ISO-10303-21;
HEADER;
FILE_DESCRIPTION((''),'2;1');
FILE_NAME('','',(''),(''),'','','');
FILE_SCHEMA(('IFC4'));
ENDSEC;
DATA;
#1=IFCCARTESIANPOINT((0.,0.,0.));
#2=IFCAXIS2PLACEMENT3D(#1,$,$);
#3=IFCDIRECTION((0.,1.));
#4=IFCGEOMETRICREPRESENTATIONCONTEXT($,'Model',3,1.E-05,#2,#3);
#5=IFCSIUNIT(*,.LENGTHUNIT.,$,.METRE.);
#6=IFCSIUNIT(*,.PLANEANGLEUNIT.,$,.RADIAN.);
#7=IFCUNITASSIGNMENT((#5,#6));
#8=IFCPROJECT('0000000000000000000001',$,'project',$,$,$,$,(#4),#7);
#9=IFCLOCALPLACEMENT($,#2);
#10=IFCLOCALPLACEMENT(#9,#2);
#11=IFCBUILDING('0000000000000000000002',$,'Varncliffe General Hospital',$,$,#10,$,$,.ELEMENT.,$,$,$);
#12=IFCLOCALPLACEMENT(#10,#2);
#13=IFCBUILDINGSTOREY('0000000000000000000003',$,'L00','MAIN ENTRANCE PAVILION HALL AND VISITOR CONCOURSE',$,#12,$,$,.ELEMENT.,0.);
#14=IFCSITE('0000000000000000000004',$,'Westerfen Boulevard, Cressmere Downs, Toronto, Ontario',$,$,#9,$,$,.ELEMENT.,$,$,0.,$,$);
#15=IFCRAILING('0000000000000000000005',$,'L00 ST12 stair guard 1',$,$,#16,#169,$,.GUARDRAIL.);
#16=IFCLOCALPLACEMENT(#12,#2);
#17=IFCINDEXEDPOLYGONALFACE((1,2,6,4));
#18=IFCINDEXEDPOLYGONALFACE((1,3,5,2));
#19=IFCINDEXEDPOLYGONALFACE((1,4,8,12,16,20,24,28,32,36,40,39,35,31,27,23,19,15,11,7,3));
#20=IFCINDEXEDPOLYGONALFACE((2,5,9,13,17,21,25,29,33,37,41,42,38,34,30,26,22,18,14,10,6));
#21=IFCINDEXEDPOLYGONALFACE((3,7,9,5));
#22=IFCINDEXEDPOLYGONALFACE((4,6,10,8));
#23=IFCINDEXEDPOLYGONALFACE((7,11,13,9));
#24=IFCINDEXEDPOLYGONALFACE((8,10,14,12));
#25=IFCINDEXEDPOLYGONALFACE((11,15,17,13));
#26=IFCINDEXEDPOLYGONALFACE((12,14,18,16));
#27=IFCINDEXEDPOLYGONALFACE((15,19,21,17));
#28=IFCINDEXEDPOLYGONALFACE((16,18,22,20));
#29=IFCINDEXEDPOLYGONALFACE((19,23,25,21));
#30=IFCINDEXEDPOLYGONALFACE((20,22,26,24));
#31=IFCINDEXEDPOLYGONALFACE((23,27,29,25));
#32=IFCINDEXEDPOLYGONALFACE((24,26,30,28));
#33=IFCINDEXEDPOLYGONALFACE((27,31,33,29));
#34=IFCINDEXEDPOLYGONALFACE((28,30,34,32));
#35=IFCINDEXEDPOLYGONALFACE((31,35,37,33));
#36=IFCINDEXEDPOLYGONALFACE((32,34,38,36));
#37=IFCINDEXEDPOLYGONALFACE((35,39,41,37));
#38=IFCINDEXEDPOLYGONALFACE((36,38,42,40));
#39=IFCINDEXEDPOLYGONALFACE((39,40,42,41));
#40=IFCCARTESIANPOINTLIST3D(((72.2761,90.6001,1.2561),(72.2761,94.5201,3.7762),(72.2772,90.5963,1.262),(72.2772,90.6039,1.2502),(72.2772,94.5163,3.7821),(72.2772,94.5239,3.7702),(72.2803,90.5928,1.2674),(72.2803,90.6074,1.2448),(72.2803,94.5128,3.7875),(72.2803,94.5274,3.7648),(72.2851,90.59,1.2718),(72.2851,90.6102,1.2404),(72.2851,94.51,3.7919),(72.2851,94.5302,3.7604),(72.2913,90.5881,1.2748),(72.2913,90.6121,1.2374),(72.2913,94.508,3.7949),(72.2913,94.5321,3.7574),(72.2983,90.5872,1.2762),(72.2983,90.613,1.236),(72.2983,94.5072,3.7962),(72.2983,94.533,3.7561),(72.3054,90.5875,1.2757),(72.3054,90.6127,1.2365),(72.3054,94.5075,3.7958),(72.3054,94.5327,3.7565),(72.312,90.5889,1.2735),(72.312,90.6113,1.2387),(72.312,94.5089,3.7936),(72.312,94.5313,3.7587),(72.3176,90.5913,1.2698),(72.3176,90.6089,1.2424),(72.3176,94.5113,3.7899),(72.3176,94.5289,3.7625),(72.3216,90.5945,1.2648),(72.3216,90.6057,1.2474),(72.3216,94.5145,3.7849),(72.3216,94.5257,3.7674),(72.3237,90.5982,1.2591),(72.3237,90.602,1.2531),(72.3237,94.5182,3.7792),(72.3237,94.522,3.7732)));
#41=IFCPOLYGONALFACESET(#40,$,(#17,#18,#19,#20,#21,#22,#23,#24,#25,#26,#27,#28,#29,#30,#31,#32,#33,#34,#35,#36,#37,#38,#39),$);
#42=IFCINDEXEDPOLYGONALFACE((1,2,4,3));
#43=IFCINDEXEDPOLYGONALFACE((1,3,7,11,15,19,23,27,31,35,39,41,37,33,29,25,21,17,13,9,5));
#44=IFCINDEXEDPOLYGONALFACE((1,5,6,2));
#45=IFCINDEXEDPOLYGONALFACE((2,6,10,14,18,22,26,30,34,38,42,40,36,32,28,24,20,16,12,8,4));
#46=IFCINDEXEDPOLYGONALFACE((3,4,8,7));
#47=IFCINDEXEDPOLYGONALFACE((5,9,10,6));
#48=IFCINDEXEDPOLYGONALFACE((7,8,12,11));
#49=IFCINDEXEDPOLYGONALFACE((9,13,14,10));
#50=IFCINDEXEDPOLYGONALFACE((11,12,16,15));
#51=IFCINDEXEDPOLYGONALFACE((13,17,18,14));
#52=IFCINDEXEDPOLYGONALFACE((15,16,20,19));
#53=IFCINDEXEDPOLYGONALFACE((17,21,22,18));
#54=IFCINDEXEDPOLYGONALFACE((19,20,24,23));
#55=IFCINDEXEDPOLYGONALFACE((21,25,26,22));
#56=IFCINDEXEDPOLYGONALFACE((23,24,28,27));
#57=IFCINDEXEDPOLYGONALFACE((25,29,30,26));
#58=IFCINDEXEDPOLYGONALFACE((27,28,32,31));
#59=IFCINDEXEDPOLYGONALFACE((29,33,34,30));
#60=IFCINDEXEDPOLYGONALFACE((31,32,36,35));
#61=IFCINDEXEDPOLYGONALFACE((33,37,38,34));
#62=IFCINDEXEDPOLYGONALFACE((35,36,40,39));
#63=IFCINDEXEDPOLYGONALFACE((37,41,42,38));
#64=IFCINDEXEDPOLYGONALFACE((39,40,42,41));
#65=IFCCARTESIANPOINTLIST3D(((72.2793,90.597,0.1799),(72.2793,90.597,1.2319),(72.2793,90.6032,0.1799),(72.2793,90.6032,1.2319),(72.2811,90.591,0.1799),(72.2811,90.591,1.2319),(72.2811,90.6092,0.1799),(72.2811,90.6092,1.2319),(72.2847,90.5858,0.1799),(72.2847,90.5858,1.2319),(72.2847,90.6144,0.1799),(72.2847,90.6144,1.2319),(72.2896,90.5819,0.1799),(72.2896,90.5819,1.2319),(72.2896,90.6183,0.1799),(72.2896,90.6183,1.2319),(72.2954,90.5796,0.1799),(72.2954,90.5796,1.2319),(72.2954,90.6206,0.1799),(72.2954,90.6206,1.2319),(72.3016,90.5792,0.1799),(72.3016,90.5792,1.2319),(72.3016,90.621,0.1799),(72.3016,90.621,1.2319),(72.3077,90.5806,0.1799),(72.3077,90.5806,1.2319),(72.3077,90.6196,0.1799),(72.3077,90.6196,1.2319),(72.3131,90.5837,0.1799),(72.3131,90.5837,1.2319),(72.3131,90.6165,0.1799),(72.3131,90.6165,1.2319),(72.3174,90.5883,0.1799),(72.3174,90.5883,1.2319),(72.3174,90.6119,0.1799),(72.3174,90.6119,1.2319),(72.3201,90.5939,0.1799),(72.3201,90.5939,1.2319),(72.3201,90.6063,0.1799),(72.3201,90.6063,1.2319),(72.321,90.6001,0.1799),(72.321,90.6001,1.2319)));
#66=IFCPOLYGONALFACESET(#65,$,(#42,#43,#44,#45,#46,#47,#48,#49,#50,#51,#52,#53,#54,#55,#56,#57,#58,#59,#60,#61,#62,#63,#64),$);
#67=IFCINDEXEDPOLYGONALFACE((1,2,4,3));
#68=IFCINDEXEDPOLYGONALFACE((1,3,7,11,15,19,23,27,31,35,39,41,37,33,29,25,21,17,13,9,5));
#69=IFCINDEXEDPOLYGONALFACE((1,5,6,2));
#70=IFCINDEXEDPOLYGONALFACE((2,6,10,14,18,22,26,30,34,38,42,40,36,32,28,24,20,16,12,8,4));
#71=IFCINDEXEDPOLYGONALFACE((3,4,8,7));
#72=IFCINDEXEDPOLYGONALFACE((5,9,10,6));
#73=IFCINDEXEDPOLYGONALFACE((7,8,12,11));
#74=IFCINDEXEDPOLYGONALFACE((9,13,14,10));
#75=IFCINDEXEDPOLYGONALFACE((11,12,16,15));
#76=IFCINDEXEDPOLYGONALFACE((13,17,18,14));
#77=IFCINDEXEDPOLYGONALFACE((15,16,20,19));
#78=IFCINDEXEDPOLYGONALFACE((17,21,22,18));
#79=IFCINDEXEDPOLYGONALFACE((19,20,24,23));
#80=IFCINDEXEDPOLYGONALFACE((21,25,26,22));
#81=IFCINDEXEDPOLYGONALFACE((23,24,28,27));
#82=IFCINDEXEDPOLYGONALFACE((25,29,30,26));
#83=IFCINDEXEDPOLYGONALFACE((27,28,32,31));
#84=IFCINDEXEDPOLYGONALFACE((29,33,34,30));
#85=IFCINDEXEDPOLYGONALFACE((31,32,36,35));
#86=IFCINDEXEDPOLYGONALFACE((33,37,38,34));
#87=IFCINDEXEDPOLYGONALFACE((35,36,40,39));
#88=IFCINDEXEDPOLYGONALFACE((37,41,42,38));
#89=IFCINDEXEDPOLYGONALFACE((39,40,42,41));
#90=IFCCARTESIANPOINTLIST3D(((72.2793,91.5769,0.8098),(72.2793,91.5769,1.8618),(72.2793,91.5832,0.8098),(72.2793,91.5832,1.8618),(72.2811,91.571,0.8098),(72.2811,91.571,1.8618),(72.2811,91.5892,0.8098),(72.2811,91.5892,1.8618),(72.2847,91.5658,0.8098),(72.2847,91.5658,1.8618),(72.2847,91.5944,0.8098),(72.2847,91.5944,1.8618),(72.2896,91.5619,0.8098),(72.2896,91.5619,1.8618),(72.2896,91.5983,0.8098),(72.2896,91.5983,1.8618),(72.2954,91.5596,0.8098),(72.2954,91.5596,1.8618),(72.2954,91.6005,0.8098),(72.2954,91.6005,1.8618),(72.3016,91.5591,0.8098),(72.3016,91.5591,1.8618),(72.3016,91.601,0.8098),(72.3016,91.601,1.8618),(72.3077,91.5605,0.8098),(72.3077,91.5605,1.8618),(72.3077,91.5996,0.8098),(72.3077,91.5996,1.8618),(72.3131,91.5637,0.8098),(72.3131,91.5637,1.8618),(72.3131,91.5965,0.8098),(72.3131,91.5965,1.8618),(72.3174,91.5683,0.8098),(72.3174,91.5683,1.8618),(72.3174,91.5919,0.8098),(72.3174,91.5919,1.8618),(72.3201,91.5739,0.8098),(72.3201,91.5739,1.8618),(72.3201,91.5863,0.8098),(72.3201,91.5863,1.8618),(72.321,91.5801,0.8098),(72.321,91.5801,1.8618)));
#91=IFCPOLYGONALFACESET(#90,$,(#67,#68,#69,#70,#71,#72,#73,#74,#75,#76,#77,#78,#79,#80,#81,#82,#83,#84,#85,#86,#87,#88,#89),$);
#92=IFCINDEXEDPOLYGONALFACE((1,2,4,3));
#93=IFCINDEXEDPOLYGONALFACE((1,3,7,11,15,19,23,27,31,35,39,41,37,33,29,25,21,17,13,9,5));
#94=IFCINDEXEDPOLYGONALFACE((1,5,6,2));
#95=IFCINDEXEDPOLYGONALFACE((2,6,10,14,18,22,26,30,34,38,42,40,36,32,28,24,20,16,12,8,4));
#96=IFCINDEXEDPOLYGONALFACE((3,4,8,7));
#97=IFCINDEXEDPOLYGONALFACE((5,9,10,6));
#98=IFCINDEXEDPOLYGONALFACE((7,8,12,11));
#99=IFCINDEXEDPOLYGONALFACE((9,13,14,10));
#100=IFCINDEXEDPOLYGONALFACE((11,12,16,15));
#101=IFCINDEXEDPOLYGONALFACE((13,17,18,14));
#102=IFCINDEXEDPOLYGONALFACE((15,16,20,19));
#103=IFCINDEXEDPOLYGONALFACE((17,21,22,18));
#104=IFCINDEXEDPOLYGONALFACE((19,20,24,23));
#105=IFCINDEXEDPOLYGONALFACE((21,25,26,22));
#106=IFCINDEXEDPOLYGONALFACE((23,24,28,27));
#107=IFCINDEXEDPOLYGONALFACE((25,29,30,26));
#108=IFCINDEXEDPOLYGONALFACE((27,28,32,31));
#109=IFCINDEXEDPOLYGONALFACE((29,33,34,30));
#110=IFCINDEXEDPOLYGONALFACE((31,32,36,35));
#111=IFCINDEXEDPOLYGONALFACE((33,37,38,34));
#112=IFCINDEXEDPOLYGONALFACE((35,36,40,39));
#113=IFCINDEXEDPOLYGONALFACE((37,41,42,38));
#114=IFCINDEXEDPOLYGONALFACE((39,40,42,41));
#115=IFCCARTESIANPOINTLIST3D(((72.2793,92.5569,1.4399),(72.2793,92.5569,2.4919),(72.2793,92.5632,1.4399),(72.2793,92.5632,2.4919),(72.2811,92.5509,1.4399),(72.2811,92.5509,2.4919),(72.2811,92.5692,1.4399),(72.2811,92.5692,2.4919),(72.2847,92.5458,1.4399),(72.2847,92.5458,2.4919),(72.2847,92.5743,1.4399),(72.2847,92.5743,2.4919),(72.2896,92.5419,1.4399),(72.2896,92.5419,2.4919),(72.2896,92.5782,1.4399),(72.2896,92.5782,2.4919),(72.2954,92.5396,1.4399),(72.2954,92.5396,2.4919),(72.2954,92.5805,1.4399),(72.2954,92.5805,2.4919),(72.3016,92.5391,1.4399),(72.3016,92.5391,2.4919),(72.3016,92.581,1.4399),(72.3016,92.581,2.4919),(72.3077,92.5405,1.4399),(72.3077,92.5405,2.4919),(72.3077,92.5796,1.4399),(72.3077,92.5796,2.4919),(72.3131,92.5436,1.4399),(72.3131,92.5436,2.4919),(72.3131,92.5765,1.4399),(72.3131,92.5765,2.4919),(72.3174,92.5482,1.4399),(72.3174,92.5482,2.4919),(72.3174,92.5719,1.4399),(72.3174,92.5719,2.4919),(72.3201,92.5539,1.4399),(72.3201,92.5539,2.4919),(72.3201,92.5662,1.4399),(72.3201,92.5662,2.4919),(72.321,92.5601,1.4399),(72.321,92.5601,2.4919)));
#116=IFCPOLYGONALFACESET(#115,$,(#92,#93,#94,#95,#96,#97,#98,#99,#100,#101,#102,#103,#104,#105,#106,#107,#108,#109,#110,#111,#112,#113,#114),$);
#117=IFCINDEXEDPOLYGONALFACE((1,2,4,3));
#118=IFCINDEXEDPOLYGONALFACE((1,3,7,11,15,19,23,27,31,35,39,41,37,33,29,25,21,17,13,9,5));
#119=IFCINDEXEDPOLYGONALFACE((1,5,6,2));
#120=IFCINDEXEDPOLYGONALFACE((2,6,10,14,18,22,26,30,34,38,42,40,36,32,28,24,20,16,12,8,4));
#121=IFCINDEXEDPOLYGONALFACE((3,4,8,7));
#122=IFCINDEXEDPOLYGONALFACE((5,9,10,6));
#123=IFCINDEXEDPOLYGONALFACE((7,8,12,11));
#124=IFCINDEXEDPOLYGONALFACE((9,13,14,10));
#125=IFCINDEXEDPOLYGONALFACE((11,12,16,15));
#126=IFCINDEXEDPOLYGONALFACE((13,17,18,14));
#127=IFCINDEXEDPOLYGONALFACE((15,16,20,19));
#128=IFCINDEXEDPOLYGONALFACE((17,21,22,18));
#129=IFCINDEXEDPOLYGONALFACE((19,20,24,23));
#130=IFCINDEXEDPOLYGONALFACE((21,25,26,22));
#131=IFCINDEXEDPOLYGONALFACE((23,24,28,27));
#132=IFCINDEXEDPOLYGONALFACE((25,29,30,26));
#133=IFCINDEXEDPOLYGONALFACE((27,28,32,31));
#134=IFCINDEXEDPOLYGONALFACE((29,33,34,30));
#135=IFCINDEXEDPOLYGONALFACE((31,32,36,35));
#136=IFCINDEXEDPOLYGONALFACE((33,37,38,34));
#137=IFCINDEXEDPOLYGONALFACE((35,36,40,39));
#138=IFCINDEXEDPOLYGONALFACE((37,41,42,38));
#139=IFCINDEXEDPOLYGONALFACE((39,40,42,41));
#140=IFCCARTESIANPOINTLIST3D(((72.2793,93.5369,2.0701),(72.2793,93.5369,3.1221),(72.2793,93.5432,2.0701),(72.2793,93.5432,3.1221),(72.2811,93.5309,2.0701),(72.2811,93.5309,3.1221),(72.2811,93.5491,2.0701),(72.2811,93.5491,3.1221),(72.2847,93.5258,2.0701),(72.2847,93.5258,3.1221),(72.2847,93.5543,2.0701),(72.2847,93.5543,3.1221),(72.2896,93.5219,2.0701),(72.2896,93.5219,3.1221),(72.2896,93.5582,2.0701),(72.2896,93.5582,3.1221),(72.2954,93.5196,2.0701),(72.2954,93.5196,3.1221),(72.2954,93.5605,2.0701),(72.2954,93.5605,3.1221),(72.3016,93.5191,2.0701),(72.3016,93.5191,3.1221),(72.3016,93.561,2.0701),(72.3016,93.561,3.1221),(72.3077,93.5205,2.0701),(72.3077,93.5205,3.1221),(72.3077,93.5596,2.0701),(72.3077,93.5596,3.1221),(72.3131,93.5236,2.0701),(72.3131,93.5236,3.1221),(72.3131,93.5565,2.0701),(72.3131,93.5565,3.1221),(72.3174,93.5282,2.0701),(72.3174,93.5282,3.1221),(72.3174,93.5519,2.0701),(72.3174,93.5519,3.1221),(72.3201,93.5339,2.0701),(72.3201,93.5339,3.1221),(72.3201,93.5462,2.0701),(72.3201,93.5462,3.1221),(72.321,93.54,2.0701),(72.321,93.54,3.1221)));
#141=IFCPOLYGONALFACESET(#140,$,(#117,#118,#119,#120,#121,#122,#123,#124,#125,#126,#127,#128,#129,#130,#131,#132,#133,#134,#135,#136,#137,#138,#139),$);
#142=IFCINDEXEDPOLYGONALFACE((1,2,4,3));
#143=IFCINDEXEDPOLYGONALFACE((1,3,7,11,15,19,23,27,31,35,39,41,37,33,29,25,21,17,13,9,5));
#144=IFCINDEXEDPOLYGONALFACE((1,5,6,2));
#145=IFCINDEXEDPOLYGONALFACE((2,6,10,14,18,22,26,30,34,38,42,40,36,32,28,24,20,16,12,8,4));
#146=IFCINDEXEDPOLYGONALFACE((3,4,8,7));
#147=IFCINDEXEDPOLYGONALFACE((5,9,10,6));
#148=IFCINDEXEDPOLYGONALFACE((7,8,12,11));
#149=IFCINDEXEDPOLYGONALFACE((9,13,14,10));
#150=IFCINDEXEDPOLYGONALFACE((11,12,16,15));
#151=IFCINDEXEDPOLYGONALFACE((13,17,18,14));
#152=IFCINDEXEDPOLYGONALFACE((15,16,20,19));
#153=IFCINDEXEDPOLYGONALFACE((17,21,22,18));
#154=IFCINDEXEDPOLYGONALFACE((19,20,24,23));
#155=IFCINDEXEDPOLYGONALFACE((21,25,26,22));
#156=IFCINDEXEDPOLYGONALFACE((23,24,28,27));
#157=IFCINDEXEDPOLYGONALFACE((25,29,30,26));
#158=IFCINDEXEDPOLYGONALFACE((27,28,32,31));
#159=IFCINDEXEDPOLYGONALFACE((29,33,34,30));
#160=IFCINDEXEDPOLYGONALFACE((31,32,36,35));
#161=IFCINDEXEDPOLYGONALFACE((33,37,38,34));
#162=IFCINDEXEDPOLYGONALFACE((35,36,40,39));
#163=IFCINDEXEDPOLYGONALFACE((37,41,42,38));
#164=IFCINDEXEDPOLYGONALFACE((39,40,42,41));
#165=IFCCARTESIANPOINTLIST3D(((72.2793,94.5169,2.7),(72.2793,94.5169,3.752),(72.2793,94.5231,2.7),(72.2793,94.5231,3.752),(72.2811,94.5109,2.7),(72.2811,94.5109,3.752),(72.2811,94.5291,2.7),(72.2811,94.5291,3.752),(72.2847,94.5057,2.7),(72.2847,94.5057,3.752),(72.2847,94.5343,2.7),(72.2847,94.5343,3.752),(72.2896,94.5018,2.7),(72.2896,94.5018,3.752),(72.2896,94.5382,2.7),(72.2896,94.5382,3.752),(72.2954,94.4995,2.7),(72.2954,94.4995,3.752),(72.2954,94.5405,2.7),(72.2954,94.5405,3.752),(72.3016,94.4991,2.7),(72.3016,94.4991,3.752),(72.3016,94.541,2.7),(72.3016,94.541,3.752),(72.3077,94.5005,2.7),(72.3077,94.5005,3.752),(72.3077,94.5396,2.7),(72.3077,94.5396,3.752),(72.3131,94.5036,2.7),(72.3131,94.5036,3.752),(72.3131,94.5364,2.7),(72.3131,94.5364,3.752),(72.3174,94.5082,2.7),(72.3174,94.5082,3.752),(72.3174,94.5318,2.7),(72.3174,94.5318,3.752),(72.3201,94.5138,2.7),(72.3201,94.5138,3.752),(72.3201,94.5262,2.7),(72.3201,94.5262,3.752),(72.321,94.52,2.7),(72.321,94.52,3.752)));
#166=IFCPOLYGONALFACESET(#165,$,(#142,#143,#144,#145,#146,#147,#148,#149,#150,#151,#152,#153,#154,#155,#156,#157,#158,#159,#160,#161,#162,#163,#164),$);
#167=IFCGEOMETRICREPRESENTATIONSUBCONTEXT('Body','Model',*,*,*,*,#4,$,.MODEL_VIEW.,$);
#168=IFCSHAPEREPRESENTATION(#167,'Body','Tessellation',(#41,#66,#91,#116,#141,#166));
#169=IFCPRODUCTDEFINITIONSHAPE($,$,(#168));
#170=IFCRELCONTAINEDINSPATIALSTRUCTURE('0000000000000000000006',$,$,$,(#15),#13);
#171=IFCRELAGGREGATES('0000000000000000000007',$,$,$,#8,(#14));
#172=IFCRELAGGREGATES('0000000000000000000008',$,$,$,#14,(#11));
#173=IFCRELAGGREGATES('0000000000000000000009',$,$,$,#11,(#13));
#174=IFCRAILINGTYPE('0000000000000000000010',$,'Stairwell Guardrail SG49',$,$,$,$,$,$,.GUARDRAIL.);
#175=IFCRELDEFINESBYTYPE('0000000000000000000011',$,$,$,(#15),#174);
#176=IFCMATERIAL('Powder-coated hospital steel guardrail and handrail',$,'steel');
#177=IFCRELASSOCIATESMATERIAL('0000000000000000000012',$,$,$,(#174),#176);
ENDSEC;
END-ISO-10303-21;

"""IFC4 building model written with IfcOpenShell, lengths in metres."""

from ifc_helpers import new_model, si_unit, direction, frame, origin, origin_2d, place, context, subcontext, project, spatial, circle, extrude, material, type_object, element, save


model = new_model("IFC4")

# Units and contexts
model_context = context("Model", 3, precision=1e-05, world=origin(), true_north=direction((0.0, 1.0)))
body_context = subcontext(model_context, "Body", "Model", "MODEL_VIEW")
ifc_project = project(units=[si_unit("LENGTHUNIT", "METRE"), si_unit("PLANEANGLEUNIT", "RADIAN")], contexts=[model_context])

# Site, building, storey
site_placement = place(None, origin())
site = spatial("IfcSite", under=ifc_project, at=site_placement, Name="Westerfen Boulevard, Cressmere Downs, Toronto, Ontario", CompositionType="ELEMENT", RefElevation=0.0)
building_placement = place(site_placement, origin())
building = spatial("IfcBuilding", under=site, at=building_placement, Name="Varncliffe General Hospital", CompositionType="ELEMENT")
storey_placement = place(building_placement, origin())
storey = spatial("IfcBuildingStorey", under=building, at=storey_placement, Name="L00", Description="MAIN ENTRANCE PAVILION HALL AND VISITOR CONCOURSE", CompositionType="ELEMENT", Elevation=0.0)

# Railing
ifc_material_1 = material(Name="Powder-coated hospital steel guardrail and handrail", Category="steel")
railing_type_1 = type_object("IfcRailingType", Name="Stairwell Guardrail SG49", PredefinedType="GUARDRAIL", material=ifc_material_1)
railing_1_placement = place(storey_placement, frame((72.3, 90.6001, 0.1799)))
element("IfcRailing", 1, at=railing_1_placement, inside=storey, type_object=railing_type_1, Name="L00 ST12 stair guard 1", PredefinedType="GUARDRAIL", context=body_context, shape_type="SweptSolid", body=[
    extrude(circle(Radius=0.0239, at=origin_2d()), frame((0.0, 0.0, 1.0762), z_axis=(0.0, 0.841172, 0.540768), x_axis=(-1.0, 0.0, 0.0)), (0.0, 0.0, 1.0), 4.6602),
    extrude(circle(Radius=0.021, at=origin_2d()), origin(), (0.0, 0.0, 1.0), 1.052),
    extrude(circle(Radius=0.021, at=origin_2d()), frame((0.0, 0.98, 0.6299)), (0.0, 0.0, 1.0), 1.052),
    extrude(circle(Radius=0.021, at=origin_2d()), frame((0.0, 1.96, 1.26)), (0.0, 0.0, 1.0), 1.052),
    extrude(circle(Radius=0.021, at=origin_2d()), frame((0.0, 2.9399, 1.8901)), (0.0, 0.0, 1.0), 1.052),
    extrude(circle(Radius=0.021, at=origin_2d()), frame((0.0, 3.9199, 2.52)), (0.0, 0.0, 1.0), 1.052),
])

save(model, "model.ifc")
